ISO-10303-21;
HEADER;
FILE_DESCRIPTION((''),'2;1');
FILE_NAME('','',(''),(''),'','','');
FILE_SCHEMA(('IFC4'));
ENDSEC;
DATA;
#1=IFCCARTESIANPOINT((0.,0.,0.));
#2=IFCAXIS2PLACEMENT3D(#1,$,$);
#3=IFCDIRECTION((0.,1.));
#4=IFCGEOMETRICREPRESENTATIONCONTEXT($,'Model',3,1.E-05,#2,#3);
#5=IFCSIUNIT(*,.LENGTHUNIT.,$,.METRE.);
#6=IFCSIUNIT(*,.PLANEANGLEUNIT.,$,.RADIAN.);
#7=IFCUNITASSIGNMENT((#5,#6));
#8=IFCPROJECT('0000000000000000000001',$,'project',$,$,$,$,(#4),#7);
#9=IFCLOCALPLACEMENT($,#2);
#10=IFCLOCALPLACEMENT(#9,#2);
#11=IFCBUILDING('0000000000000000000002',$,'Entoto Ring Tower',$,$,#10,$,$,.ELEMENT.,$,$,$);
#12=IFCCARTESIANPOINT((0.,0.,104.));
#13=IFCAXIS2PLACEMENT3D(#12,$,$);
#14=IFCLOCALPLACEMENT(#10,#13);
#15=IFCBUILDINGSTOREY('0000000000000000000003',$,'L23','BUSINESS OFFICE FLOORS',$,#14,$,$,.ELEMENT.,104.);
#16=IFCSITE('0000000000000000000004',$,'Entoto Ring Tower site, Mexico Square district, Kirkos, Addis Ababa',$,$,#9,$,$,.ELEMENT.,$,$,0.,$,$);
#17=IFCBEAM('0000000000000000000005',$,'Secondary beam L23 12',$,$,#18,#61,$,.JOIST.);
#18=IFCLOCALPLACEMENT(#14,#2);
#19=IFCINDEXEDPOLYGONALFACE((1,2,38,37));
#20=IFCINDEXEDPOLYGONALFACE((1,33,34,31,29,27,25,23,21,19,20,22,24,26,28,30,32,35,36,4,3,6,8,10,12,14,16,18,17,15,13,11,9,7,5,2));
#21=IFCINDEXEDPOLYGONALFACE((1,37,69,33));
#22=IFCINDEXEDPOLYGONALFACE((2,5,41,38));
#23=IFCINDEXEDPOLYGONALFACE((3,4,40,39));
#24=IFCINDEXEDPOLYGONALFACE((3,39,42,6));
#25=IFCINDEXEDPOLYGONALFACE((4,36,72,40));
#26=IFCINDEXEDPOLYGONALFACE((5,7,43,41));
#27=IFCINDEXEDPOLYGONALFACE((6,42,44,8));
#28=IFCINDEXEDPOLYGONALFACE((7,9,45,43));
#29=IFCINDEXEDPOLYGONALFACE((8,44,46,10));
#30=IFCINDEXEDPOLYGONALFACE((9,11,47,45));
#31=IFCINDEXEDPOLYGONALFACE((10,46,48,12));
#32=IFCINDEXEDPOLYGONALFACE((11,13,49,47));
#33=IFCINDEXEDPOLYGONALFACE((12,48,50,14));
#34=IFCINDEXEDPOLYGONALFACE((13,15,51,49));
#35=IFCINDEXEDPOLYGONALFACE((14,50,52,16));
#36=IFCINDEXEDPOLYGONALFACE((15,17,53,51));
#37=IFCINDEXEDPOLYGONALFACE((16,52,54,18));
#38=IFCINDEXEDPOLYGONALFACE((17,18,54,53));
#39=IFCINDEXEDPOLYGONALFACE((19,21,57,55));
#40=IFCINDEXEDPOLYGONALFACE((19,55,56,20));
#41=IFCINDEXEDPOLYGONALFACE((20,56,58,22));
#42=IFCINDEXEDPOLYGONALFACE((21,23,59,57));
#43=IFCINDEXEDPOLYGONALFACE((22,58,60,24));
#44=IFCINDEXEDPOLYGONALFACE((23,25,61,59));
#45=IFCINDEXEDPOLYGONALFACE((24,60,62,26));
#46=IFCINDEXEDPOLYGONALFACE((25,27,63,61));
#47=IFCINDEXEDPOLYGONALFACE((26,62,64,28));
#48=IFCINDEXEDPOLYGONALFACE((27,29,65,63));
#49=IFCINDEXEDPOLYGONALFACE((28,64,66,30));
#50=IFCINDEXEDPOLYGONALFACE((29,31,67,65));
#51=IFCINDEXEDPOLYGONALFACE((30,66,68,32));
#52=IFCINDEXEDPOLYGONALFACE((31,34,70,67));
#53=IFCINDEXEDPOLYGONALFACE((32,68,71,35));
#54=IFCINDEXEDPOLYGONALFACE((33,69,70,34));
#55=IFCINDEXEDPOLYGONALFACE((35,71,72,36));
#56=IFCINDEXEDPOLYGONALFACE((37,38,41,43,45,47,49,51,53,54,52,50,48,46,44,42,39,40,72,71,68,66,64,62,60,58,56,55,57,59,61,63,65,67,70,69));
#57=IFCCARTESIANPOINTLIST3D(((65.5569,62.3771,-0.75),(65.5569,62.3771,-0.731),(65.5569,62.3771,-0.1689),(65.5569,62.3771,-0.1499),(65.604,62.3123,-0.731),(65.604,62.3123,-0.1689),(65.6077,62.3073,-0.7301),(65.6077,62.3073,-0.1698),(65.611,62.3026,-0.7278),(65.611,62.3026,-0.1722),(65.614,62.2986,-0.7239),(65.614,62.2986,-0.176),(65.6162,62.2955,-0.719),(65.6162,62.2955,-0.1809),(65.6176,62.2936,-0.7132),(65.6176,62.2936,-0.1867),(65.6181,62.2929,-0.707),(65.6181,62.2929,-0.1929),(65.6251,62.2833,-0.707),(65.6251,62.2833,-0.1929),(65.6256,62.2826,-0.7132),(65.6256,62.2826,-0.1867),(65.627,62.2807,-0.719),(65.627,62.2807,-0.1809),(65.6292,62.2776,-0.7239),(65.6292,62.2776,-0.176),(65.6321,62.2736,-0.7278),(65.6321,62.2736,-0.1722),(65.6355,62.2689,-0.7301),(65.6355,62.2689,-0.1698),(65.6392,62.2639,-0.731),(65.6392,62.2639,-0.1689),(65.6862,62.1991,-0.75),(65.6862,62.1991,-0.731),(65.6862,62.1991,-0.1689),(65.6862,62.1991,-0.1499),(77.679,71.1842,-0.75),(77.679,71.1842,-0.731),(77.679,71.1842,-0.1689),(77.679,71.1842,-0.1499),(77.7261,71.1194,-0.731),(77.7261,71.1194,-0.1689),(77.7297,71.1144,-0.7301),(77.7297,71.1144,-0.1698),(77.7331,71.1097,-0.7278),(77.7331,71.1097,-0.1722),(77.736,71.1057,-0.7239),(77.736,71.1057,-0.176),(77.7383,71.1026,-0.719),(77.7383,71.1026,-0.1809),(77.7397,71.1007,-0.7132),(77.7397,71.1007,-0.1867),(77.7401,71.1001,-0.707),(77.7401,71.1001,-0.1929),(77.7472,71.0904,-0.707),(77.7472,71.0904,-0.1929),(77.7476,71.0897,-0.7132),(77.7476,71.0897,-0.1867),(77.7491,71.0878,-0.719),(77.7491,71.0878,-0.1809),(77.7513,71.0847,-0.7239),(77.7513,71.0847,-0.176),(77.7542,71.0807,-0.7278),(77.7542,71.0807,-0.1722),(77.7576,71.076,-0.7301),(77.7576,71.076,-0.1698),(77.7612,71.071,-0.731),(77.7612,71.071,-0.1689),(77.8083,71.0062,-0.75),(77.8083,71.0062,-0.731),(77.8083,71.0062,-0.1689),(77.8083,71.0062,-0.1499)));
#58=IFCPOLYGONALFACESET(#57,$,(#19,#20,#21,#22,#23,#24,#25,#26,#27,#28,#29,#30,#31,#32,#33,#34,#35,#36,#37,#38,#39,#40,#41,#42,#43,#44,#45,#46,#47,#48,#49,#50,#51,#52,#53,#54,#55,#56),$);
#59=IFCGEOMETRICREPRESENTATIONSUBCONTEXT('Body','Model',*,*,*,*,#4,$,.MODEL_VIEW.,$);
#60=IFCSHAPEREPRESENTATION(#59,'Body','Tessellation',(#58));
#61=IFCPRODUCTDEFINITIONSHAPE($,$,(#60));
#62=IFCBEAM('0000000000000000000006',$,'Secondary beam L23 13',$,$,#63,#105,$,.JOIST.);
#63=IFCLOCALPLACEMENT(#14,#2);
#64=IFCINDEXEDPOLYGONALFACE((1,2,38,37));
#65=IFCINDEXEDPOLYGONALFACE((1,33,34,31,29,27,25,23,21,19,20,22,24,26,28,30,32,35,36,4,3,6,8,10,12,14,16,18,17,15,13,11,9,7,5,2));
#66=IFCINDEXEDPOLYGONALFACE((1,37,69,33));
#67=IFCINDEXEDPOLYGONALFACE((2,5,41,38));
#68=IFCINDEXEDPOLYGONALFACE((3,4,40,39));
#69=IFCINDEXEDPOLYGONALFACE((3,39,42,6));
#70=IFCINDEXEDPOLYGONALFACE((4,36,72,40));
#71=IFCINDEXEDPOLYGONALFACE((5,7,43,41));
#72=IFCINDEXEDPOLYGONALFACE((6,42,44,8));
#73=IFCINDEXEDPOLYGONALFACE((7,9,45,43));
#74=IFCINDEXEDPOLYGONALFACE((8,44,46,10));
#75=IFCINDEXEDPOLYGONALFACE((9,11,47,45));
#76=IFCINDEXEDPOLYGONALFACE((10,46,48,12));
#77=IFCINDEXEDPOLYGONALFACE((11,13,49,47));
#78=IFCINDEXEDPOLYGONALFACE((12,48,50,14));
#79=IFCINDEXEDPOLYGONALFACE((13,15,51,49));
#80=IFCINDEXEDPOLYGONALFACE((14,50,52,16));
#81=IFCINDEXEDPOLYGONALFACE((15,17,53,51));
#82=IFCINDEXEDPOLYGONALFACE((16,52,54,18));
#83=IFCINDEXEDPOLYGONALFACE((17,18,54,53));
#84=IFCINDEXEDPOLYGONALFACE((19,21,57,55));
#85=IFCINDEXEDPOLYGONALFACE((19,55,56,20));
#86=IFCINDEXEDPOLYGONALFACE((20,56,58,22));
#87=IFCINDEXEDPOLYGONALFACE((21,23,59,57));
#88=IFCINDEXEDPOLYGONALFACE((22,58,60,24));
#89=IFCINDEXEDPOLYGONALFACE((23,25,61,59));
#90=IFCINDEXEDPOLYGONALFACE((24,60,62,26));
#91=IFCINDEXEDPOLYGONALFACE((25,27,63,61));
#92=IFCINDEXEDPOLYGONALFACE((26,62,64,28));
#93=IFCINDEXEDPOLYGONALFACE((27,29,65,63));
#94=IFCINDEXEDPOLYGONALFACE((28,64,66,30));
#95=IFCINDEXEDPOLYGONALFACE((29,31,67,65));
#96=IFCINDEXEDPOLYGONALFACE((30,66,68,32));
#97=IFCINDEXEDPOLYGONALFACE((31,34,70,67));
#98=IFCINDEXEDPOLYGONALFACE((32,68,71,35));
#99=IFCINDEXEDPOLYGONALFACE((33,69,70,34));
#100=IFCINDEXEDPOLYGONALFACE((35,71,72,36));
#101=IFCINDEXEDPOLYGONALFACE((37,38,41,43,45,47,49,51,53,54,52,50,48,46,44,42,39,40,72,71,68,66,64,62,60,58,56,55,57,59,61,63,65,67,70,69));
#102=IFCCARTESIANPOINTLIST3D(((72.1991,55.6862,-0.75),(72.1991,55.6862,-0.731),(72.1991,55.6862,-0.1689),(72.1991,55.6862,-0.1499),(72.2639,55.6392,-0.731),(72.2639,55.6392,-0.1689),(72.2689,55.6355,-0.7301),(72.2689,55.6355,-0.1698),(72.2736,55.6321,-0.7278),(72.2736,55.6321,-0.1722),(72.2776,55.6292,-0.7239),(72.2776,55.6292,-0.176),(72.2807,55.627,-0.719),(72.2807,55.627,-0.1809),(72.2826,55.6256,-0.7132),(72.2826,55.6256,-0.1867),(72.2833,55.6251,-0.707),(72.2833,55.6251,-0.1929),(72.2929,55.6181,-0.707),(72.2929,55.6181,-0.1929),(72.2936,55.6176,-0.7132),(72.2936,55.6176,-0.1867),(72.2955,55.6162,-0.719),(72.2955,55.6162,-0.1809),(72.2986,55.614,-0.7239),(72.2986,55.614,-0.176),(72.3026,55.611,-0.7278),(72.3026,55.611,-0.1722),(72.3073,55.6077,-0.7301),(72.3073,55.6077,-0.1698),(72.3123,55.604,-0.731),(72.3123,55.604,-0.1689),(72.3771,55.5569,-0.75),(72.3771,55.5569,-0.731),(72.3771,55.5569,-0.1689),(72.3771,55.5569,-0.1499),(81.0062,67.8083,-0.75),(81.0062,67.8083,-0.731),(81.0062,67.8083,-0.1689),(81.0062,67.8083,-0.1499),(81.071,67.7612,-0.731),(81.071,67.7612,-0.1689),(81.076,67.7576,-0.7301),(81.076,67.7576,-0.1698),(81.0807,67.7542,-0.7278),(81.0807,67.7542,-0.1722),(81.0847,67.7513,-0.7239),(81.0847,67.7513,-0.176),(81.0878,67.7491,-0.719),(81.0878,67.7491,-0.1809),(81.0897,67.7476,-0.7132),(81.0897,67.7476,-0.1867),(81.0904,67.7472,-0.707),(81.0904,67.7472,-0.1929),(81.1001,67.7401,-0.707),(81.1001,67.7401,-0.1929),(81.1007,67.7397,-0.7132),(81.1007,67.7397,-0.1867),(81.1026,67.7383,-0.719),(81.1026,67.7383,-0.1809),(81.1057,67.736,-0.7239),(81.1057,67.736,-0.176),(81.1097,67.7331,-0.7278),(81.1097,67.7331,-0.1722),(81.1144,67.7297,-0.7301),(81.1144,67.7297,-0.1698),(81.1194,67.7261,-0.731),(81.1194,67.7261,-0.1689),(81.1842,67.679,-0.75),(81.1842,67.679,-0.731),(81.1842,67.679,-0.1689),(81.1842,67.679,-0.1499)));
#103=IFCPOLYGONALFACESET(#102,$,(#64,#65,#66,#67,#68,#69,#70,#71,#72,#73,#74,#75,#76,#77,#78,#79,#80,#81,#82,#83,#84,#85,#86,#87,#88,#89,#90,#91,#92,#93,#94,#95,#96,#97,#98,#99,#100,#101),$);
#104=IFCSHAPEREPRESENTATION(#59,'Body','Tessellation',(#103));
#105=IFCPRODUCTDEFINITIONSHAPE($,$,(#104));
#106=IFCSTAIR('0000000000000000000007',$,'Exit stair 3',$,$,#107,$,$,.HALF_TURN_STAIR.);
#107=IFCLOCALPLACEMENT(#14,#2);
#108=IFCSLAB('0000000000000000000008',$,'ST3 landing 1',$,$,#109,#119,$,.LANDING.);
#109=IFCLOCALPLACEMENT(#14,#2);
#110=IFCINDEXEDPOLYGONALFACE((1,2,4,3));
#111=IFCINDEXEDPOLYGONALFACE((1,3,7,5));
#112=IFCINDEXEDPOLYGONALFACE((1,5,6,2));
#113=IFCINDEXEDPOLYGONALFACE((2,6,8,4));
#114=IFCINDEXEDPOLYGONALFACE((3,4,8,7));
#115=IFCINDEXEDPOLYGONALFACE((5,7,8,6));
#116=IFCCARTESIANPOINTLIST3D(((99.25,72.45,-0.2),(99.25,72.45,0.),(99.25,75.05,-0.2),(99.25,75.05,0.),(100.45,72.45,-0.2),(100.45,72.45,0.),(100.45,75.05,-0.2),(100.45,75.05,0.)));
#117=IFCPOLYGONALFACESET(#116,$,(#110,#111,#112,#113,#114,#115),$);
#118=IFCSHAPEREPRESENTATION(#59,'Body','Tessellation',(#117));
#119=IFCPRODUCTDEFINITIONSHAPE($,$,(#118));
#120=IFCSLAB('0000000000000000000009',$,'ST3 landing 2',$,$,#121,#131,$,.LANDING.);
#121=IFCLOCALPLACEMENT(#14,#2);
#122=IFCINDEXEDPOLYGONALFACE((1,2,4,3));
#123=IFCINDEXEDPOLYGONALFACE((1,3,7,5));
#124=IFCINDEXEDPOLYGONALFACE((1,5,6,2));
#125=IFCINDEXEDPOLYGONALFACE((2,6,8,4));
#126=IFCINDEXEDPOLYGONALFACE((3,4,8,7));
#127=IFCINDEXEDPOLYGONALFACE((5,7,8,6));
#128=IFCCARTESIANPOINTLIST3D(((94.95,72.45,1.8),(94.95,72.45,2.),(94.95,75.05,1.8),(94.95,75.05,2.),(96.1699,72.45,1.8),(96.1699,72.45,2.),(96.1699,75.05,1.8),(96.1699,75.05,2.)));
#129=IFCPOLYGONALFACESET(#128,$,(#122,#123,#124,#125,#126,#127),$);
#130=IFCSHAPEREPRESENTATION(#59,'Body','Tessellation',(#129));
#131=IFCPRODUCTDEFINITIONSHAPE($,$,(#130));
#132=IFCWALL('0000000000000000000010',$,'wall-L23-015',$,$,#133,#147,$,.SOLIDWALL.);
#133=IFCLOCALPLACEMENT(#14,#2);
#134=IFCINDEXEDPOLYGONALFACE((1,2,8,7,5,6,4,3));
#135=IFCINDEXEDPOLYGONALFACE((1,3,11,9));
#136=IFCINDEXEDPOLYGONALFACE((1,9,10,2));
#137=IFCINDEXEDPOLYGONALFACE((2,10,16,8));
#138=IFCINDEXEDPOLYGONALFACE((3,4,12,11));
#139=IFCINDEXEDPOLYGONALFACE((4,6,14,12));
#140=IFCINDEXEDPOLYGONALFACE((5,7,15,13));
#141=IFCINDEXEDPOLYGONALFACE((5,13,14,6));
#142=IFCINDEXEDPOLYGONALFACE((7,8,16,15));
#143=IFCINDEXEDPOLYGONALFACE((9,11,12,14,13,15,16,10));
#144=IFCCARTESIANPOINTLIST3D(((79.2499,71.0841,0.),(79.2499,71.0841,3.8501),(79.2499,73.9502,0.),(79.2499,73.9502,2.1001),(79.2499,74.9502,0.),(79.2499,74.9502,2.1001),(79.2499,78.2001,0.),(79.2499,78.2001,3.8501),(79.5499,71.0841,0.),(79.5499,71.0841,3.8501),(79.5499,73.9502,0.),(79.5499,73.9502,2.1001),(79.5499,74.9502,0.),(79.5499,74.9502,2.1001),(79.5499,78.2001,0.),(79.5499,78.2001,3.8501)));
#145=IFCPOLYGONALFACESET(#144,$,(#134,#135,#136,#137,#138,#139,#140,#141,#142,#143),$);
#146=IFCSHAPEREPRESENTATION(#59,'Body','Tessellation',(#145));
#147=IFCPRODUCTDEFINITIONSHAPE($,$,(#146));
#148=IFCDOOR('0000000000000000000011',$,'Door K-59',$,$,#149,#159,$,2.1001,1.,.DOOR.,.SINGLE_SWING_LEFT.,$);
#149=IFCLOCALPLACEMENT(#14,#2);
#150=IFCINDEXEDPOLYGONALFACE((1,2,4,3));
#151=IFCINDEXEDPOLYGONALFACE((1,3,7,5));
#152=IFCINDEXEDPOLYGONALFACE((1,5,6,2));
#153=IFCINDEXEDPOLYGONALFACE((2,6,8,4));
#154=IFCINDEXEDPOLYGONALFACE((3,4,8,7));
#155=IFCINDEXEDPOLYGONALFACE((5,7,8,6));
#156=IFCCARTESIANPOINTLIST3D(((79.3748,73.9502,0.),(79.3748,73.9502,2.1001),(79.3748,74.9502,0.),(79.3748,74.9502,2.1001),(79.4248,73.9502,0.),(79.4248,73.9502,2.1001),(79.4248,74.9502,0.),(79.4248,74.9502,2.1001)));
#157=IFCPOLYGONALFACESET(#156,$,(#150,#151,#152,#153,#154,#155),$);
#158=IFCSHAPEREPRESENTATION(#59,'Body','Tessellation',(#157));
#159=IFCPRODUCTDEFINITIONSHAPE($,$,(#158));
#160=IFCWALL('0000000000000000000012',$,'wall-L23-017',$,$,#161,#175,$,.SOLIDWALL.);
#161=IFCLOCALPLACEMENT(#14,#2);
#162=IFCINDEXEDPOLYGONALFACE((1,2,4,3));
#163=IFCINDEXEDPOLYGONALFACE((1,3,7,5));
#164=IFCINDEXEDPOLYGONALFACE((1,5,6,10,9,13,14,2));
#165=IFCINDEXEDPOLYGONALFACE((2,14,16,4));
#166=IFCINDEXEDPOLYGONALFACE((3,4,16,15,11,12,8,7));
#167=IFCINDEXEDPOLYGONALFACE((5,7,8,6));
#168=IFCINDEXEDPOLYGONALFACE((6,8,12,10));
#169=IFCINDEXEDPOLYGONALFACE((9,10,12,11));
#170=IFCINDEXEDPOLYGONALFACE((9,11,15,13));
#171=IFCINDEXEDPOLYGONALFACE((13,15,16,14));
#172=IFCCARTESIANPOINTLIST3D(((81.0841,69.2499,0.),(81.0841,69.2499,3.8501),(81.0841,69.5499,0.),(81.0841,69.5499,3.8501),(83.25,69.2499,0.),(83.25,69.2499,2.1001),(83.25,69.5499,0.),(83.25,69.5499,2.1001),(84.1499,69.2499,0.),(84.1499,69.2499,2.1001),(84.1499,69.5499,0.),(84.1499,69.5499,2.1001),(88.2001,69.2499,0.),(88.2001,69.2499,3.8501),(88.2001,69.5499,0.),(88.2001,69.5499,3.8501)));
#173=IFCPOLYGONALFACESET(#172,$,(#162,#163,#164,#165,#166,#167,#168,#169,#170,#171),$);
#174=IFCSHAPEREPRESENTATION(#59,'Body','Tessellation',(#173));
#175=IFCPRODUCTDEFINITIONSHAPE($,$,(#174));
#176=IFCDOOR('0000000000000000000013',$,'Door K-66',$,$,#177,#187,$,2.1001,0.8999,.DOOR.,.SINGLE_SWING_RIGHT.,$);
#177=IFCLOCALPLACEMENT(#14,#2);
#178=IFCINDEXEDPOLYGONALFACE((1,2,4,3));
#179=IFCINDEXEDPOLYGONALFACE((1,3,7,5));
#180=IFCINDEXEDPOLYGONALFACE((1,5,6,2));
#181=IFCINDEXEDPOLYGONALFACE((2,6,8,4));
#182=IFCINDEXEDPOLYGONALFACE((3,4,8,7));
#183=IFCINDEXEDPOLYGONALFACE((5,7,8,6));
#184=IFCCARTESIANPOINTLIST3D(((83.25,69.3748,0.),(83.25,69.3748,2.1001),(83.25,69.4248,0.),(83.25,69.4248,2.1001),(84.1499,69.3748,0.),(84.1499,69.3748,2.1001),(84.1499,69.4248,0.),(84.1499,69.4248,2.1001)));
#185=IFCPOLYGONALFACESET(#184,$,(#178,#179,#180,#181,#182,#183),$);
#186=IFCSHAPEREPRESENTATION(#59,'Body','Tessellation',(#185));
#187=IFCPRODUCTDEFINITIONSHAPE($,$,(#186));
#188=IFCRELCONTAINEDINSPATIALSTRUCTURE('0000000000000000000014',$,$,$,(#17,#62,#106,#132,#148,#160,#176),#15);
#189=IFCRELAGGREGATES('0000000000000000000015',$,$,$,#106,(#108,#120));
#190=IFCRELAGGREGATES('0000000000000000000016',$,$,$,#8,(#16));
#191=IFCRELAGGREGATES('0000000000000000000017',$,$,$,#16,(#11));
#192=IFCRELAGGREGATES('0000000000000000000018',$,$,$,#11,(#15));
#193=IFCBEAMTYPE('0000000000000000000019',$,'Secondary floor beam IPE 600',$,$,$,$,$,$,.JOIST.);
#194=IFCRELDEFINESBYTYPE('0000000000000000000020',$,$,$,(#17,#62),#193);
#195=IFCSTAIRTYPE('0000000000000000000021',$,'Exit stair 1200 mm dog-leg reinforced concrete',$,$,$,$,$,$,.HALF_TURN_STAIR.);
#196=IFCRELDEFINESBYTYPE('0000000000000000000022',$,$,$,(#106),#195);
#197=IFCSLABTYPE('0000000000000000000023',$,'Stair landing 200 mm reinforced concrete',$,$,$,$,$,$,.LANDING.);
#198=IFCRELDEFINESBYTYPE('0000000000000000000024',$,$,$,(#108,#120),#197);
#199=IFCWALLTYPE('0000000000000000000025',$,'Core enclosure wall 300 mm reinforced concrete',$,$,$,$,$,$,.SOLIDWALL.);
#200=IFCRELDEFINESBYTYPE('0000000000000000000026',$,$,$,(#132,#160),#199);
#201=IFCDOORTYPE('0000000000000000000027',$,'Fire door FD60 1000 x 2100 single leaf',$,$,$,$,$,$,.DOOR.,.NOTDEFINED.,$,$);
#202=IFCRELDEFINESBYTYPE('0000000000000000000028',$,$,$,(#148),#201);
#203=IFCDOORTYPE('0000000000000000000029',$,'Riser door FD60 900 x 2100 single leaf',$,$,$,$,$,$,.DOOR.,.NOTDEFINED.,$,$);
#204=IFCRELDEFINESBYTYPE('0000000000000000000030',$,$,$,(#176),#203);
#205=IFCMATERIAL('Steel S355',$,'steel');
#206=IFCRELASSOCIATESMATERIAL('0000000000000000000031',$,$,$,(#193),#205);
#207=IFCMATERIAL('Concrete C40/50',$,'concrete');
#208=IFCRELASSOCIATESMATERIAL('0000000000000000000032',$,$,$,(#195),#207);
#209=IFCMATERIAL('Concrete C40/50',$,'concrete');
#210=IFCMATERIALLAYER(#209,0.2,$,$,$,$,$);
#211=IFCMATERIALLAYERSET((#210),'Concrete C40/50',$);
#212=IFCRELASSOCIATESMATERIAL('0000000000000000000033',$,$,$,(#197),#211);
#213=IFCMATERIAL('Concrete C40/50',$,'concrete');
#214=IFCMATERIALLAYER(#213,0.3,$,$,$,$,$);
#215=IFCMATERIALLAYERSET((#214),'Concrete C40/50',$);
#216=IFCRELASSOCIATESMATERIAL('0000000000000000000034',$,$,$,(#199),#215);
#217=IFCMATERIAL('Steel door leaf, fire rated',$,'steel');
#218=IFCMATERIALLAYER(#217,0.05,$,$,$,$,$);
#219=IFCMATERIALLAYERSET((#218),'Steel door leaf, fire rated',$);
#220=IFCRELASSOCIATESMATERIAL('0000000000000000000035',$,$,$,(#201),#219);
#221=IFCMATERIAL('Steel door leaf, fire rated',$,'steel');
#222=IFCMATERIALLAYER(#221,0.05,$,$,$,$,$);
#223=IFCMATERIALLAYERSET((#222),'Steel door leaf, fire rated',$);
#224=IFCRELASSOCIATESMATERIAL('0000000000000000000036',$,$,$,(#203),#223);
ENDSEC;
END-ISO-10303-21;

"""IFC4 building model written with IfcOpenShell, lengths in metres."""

from ifc_helpers import new_model, si_unit, direction, frame, frame_2d, origin, origin_2d, place, context, subcontext, project, spatial, polyline, rectangle, i_section, outline, extrude, material, layer, layer_set, material_profile, profile_set, type_object, element, fill, aggregate, save


model = new_model("IFC4")

# Units and contexts
model_context = context("Model", 3, precision=1e-05, world=origin(), true_north=direction((0.0, 1.0)))
body_context = subcontext(model_context, "Body", "Model", "MODEL_VIEW")
ifc_project = project(units=[si_unit("LENGTHUNIT", "METRE"), si_unit("PLANEANGLEUNIT", "RADIAN")], contexts=[model_context])

# Site, building, storey
site_placement = place(None, origin())
site = spatial("IfcSite", under=ifc_project, at=site_placement, Name="Entoto Ring Tower site, Mexico Square district, Kirkos, Addis Ababa", CompositionType="ELEMENT", RefElevation=0.0)
building_placement = place(site_placement, origin())
building = spatial("IfcBuilding", under=site, at=building_placement, Name="Entoto Ring Tower", CompositionType="ELEMENT")
storey_placement = place(building_placement, frame((0.0, 0.0, 104.0)))
storey = spatial("IfcBuildingStorey", under=building, at=storey_placement, Name="L23", Description="BUSINESS OFFICE FLOORS", CompositionType="ELEMENT", Elevation=104.0)

# Beams
ifc_material_1 = material(Name="Steel S355", Category="steel")
ifc_material_profile_1 = material_profile(ifc_material_1, i_section(OverallWidth=0.22, OverallDepth=0.6001, WebThickness=0.012, FlangeThickness=0.019, FilletRadius=0.0239, at=origin_2d()), Name="IPE 600")
ifc_profile_set_1 = profile_set([ifc_material_profile_1], Name="Steel S355")
beam_type_1 = type_object("IfcBeamType", Name="Secondary floor beam IPE 600", PredefinedType="JOIST", material=ifc_profile_set_1)
for number, where, z_axis, x_axis, name in (
    (1, (77.7437, 71.0952, -0.45), (-0.809019, -0.587782, 0.0), (0.587782, -0.809019, 0.0), "Secondary beam L23 12"),
    (2, (81.0952, 67.7437, -0.45), (-0.587782, -0.809019, 0.0), (0.809019, -0.587782, 0.0), "Secondary beam L23 13"),
):
    element("IfcBeam", number, at=place(storey_placement, frame(where, z_axis=z_axis, x_axis=x_axis)), inside=storey, type_object=beam_type_1, Name=name, PredefinedType="JOIST", context=body_context, shape_type="SweptSolid", body=[
        extrude(i_section(OverallWidth=0.22, OverallDepth=0.6001, WebThickness=0.012, FlangeThickness=0.019, FilletRadius=0.0239, at=origin_2d()), origin(), (0.0, 0.0, 1.0), 14.9836),
    ])

# Stair, slabs
ifc_material_2 = material(Name="Concrete C40/50", Category="concrete")
stair_type = type_object("IfcStairType", Name="Exit stair 1200 mm dog-leg reinforced concrete", PredefinedType="HALF_TURN_STAIR", material=ifc_material_2)
stair_placement = place(storey_placement, origin())
stair = element("IfcStair", 3, at=stair_placement, inside=storey, type_object=stair_type, Name="Exit stair 3", PredefinedType="HALF_TURN_STAIR")
ifc_material_3 = material(Name="Concrete C40/50", Category="concrete")
ifc_layer_1 = layer(ifc_material_3, 0.2)
ifc_layer_set_1 = layer_set([ifc_layer_1], Name="Concrete C40/50")
slab_type_1 = type_object("IfcSlabType", Name="Stair landing 200 mm reinforced concrete", PredefinedType="LANDING", material=ifc_layer_set_1)
slab_1_placement = place(storey_placement, frame((0.0, 0.0, -0.2)))
slab_1 = element("IfcSlab", 4, at=slab_1_placement, type_object=slab_type_1, Name="ST3 landing 1", PredefinedType="LANDING", context=body_context, shape_type="SweptSolid", body=[
    extrude(outline(polyline([(100.45, 72.45), (100.45, 75.05), (99.25, 75.05), (99.25, 72.45), (100.45, 72.45)])), origin(), (0.0, 0.0, 1.0), 0.2),
])
slab_2_placement = place(storey_placement, frame((0.0, 0.0, 1.8)))
slab_2 = element("IfcSlab", 5, at=slab_2_placement, type_object=slab_type_1, Name="ST3 landing 2", PredefinedType="LANDING", context=body_context, shape_type="SweptSolid", body=[
    extrude(outline(polyline([(94.95, 72.45), (96.1699, 72.45), (96.1699, 75.05), (94.95, 75.05), (94.95, 72.45)])), origin(), (0.0, 0.0, 1.0), 0.2),
])
aggregate(stair, [slab_1, slab_2])

# Walls, openings, doors
ifc_material_4 = material(Name="Concrete C40/50", Category="concrete")
ifc_layer_2 = layer(ifc_material_4, 0.3)
ifc_layer_set_2 = layer_set([ifc_layer_2], Name="Concrete C40/50")
wall_type_1 = type_object("IfcWallType", Name="Core enclosure wall 300 mm reinforced concrete", PredefinedType="SOLIDWALL", material=ifc_layer_set_2)
wall_1_placement = place(storey_placement, frame((79.3999, 71.084, 0.0), z_axis=(0.0, 0.0, 1.0), x_axis=(0.0, 1.0, 0.0)))
wall_1 = element("IfcWall", 6, at=wall_1_placement, inside=storey, type_object=wall_type_1, Name="wall-L23-015", PredefinedType="SOLIDWALL", context=body_context, shape_type="SweptSolid", body=[
    extrude(rectangle(XDim=7.116, YDim=0.3, at=frame_2d((3.5581, 0.0))), origin(), (0.0, 0.0, 1.0), 3.8501),
])
opening_1_placement = place(wall_1_placement, frame((2.8662, 0.0, 0.0)))
opening_1 = element("IfcOpeningElement", 7, at=opening_1_placement, cuts=wall_1, PredefinedType="OPENING", context=body_context, shape_type="SweptSolid", body=[
    extrude(rectangle(XDim=1.0, YDim=2.1001, at=frame_2d((0.5, 1.05))), frame((0.0, 0.1602, 0.0), z_axis=(0.0, -1.0, 0.0), x_axis=(1.0, 0.0, 0.0)), (0.0, 0.0, 1.0), 0.3201),
])
ifc_material_5 = material(Name="Steel door leaf, fire rated", Category="steel")
ifc_layer_3 = layer(ifc_material_5, 0.05)
ifc_layer_set_3 = layer_set([ifc_layer_3], Name="Steel door leaf, fire rated")
door_type_1 = type_object("IfcDoorType", Name="Fire door FD60 1000 x 2100 single leaf", OperationType="NOTDEFINED", PredefinedType="DOOR", material=ifc_layer_set_3)
door_1_placement = place(opening_1_placement, frame((1.0, 0.0, 0.0), z_axis=(0.0, 0.0, 1.0), x_axis=(-1.0, 0.0, 0.0)))
door_1 = element("IfcDoor", 8, at=door_1_placement, inside=storey, type_object=door_type_1, Name="Door K-59", OperationType="SINGLE_SWING_LEFT", OverallHeight=2.1001, OverallWidth=1.0, PredefinedType="DOOR", context=body_context, shape_type="SweptSolid", body=[
    extrude(rectangle(XDim=1.0, YDim=2.1001, at=frame_2d((0.5, 1.05))), frame((0.0, 0.0249, 0.0), z_axis=(0.0, -1.0, 0.0), x_axis=(1.0, 0.0, 0.0)), (0.0, 0.0, 1.0), 0.05),
])
fill(opening_1, door_1)
wall_2_placement = place(storey_placement, frame((81.084, 69.3999, 0.0), z_axis=(0.0, 0.0, 1.0), x_axis=(1.0, 0.0, 0.0)))
wall_2 = element("IfcWall", 9, at=wall_2_placement, inside=storey, type_object=wall_type_1, Name="wall-L23-017", PredefinedType="SOLIDWALL", context=body_context, shape_type="SweptSolid", body=[
    extrude(rectangle(XDim=7.116, YDim=0.3, at=frame_2d((3.5581, 0.0))), origin(), (0.0, 0.0, 1.0), 3.8501),
])
opening_2_placement = place(wall_2_placement, frame((2.166, 0.0, 0.0)))
opening_2 = element("IfcOpeningElement", 10, at=opening_2_placement, cuts=wall_2, PredefinedType="OPENING", context=body_context, shape_type="SweptSolid", body=[
    extrude(rectangle(XDim=0.8999, YDim=2.1001, at=frame_2d((0.45, 1.05))), frame((0.0, 0.1602, 0.0), z_axis=(0.0, -1.0, 0.0), x_axis=(1.0, 0.0, 0.0)), (0.0, 0.0, 1.0), 0.3201),
])
ifc_material_6 = material(Name="Steel door leaf, fire rated", Category="steel")
ifc_layer_4 = layer(ifc_material_6, 0.05)
ifc_layer_set_4 = layer_set([ifc_layer_4], Name="Steel door leaf, fire rated")
door_type_2 = type_object("IfcDoorType", Name="Riser door FD60 900 x 2100 single leaf", OperationType="NOTDEFINED", PredefinedType="DOOR", material=ifc_layer_set_4)
door_2_placement = place(opening_2_placement, origin())
door_2 = element("IfcDoor", 11, at=door_2_placement, inside=storey, type_object=door_type_2, Name="Door K-66", OperationType="SINGLE_SWING_RIGHT", OverallHeight=2.1001, OverallWidth=0.8999, PredefinedType="DOOR", context=body_context, shape_type="SweptSolid", body=[
    extrude(rectangle(XDim=0.8999, YDim=2.1001, at=frame_2d((0.45, 1.05))), frame((0.0, 0.0249, 0.0), z_axis=(0.0, -1.0, 0.0), x_axis=(1.0, 0.0, 0.0)), (0.0, 0.0, 1.0), 0.05),
])
fill(opening_2, door_2)

save(model, "model.ifc")
